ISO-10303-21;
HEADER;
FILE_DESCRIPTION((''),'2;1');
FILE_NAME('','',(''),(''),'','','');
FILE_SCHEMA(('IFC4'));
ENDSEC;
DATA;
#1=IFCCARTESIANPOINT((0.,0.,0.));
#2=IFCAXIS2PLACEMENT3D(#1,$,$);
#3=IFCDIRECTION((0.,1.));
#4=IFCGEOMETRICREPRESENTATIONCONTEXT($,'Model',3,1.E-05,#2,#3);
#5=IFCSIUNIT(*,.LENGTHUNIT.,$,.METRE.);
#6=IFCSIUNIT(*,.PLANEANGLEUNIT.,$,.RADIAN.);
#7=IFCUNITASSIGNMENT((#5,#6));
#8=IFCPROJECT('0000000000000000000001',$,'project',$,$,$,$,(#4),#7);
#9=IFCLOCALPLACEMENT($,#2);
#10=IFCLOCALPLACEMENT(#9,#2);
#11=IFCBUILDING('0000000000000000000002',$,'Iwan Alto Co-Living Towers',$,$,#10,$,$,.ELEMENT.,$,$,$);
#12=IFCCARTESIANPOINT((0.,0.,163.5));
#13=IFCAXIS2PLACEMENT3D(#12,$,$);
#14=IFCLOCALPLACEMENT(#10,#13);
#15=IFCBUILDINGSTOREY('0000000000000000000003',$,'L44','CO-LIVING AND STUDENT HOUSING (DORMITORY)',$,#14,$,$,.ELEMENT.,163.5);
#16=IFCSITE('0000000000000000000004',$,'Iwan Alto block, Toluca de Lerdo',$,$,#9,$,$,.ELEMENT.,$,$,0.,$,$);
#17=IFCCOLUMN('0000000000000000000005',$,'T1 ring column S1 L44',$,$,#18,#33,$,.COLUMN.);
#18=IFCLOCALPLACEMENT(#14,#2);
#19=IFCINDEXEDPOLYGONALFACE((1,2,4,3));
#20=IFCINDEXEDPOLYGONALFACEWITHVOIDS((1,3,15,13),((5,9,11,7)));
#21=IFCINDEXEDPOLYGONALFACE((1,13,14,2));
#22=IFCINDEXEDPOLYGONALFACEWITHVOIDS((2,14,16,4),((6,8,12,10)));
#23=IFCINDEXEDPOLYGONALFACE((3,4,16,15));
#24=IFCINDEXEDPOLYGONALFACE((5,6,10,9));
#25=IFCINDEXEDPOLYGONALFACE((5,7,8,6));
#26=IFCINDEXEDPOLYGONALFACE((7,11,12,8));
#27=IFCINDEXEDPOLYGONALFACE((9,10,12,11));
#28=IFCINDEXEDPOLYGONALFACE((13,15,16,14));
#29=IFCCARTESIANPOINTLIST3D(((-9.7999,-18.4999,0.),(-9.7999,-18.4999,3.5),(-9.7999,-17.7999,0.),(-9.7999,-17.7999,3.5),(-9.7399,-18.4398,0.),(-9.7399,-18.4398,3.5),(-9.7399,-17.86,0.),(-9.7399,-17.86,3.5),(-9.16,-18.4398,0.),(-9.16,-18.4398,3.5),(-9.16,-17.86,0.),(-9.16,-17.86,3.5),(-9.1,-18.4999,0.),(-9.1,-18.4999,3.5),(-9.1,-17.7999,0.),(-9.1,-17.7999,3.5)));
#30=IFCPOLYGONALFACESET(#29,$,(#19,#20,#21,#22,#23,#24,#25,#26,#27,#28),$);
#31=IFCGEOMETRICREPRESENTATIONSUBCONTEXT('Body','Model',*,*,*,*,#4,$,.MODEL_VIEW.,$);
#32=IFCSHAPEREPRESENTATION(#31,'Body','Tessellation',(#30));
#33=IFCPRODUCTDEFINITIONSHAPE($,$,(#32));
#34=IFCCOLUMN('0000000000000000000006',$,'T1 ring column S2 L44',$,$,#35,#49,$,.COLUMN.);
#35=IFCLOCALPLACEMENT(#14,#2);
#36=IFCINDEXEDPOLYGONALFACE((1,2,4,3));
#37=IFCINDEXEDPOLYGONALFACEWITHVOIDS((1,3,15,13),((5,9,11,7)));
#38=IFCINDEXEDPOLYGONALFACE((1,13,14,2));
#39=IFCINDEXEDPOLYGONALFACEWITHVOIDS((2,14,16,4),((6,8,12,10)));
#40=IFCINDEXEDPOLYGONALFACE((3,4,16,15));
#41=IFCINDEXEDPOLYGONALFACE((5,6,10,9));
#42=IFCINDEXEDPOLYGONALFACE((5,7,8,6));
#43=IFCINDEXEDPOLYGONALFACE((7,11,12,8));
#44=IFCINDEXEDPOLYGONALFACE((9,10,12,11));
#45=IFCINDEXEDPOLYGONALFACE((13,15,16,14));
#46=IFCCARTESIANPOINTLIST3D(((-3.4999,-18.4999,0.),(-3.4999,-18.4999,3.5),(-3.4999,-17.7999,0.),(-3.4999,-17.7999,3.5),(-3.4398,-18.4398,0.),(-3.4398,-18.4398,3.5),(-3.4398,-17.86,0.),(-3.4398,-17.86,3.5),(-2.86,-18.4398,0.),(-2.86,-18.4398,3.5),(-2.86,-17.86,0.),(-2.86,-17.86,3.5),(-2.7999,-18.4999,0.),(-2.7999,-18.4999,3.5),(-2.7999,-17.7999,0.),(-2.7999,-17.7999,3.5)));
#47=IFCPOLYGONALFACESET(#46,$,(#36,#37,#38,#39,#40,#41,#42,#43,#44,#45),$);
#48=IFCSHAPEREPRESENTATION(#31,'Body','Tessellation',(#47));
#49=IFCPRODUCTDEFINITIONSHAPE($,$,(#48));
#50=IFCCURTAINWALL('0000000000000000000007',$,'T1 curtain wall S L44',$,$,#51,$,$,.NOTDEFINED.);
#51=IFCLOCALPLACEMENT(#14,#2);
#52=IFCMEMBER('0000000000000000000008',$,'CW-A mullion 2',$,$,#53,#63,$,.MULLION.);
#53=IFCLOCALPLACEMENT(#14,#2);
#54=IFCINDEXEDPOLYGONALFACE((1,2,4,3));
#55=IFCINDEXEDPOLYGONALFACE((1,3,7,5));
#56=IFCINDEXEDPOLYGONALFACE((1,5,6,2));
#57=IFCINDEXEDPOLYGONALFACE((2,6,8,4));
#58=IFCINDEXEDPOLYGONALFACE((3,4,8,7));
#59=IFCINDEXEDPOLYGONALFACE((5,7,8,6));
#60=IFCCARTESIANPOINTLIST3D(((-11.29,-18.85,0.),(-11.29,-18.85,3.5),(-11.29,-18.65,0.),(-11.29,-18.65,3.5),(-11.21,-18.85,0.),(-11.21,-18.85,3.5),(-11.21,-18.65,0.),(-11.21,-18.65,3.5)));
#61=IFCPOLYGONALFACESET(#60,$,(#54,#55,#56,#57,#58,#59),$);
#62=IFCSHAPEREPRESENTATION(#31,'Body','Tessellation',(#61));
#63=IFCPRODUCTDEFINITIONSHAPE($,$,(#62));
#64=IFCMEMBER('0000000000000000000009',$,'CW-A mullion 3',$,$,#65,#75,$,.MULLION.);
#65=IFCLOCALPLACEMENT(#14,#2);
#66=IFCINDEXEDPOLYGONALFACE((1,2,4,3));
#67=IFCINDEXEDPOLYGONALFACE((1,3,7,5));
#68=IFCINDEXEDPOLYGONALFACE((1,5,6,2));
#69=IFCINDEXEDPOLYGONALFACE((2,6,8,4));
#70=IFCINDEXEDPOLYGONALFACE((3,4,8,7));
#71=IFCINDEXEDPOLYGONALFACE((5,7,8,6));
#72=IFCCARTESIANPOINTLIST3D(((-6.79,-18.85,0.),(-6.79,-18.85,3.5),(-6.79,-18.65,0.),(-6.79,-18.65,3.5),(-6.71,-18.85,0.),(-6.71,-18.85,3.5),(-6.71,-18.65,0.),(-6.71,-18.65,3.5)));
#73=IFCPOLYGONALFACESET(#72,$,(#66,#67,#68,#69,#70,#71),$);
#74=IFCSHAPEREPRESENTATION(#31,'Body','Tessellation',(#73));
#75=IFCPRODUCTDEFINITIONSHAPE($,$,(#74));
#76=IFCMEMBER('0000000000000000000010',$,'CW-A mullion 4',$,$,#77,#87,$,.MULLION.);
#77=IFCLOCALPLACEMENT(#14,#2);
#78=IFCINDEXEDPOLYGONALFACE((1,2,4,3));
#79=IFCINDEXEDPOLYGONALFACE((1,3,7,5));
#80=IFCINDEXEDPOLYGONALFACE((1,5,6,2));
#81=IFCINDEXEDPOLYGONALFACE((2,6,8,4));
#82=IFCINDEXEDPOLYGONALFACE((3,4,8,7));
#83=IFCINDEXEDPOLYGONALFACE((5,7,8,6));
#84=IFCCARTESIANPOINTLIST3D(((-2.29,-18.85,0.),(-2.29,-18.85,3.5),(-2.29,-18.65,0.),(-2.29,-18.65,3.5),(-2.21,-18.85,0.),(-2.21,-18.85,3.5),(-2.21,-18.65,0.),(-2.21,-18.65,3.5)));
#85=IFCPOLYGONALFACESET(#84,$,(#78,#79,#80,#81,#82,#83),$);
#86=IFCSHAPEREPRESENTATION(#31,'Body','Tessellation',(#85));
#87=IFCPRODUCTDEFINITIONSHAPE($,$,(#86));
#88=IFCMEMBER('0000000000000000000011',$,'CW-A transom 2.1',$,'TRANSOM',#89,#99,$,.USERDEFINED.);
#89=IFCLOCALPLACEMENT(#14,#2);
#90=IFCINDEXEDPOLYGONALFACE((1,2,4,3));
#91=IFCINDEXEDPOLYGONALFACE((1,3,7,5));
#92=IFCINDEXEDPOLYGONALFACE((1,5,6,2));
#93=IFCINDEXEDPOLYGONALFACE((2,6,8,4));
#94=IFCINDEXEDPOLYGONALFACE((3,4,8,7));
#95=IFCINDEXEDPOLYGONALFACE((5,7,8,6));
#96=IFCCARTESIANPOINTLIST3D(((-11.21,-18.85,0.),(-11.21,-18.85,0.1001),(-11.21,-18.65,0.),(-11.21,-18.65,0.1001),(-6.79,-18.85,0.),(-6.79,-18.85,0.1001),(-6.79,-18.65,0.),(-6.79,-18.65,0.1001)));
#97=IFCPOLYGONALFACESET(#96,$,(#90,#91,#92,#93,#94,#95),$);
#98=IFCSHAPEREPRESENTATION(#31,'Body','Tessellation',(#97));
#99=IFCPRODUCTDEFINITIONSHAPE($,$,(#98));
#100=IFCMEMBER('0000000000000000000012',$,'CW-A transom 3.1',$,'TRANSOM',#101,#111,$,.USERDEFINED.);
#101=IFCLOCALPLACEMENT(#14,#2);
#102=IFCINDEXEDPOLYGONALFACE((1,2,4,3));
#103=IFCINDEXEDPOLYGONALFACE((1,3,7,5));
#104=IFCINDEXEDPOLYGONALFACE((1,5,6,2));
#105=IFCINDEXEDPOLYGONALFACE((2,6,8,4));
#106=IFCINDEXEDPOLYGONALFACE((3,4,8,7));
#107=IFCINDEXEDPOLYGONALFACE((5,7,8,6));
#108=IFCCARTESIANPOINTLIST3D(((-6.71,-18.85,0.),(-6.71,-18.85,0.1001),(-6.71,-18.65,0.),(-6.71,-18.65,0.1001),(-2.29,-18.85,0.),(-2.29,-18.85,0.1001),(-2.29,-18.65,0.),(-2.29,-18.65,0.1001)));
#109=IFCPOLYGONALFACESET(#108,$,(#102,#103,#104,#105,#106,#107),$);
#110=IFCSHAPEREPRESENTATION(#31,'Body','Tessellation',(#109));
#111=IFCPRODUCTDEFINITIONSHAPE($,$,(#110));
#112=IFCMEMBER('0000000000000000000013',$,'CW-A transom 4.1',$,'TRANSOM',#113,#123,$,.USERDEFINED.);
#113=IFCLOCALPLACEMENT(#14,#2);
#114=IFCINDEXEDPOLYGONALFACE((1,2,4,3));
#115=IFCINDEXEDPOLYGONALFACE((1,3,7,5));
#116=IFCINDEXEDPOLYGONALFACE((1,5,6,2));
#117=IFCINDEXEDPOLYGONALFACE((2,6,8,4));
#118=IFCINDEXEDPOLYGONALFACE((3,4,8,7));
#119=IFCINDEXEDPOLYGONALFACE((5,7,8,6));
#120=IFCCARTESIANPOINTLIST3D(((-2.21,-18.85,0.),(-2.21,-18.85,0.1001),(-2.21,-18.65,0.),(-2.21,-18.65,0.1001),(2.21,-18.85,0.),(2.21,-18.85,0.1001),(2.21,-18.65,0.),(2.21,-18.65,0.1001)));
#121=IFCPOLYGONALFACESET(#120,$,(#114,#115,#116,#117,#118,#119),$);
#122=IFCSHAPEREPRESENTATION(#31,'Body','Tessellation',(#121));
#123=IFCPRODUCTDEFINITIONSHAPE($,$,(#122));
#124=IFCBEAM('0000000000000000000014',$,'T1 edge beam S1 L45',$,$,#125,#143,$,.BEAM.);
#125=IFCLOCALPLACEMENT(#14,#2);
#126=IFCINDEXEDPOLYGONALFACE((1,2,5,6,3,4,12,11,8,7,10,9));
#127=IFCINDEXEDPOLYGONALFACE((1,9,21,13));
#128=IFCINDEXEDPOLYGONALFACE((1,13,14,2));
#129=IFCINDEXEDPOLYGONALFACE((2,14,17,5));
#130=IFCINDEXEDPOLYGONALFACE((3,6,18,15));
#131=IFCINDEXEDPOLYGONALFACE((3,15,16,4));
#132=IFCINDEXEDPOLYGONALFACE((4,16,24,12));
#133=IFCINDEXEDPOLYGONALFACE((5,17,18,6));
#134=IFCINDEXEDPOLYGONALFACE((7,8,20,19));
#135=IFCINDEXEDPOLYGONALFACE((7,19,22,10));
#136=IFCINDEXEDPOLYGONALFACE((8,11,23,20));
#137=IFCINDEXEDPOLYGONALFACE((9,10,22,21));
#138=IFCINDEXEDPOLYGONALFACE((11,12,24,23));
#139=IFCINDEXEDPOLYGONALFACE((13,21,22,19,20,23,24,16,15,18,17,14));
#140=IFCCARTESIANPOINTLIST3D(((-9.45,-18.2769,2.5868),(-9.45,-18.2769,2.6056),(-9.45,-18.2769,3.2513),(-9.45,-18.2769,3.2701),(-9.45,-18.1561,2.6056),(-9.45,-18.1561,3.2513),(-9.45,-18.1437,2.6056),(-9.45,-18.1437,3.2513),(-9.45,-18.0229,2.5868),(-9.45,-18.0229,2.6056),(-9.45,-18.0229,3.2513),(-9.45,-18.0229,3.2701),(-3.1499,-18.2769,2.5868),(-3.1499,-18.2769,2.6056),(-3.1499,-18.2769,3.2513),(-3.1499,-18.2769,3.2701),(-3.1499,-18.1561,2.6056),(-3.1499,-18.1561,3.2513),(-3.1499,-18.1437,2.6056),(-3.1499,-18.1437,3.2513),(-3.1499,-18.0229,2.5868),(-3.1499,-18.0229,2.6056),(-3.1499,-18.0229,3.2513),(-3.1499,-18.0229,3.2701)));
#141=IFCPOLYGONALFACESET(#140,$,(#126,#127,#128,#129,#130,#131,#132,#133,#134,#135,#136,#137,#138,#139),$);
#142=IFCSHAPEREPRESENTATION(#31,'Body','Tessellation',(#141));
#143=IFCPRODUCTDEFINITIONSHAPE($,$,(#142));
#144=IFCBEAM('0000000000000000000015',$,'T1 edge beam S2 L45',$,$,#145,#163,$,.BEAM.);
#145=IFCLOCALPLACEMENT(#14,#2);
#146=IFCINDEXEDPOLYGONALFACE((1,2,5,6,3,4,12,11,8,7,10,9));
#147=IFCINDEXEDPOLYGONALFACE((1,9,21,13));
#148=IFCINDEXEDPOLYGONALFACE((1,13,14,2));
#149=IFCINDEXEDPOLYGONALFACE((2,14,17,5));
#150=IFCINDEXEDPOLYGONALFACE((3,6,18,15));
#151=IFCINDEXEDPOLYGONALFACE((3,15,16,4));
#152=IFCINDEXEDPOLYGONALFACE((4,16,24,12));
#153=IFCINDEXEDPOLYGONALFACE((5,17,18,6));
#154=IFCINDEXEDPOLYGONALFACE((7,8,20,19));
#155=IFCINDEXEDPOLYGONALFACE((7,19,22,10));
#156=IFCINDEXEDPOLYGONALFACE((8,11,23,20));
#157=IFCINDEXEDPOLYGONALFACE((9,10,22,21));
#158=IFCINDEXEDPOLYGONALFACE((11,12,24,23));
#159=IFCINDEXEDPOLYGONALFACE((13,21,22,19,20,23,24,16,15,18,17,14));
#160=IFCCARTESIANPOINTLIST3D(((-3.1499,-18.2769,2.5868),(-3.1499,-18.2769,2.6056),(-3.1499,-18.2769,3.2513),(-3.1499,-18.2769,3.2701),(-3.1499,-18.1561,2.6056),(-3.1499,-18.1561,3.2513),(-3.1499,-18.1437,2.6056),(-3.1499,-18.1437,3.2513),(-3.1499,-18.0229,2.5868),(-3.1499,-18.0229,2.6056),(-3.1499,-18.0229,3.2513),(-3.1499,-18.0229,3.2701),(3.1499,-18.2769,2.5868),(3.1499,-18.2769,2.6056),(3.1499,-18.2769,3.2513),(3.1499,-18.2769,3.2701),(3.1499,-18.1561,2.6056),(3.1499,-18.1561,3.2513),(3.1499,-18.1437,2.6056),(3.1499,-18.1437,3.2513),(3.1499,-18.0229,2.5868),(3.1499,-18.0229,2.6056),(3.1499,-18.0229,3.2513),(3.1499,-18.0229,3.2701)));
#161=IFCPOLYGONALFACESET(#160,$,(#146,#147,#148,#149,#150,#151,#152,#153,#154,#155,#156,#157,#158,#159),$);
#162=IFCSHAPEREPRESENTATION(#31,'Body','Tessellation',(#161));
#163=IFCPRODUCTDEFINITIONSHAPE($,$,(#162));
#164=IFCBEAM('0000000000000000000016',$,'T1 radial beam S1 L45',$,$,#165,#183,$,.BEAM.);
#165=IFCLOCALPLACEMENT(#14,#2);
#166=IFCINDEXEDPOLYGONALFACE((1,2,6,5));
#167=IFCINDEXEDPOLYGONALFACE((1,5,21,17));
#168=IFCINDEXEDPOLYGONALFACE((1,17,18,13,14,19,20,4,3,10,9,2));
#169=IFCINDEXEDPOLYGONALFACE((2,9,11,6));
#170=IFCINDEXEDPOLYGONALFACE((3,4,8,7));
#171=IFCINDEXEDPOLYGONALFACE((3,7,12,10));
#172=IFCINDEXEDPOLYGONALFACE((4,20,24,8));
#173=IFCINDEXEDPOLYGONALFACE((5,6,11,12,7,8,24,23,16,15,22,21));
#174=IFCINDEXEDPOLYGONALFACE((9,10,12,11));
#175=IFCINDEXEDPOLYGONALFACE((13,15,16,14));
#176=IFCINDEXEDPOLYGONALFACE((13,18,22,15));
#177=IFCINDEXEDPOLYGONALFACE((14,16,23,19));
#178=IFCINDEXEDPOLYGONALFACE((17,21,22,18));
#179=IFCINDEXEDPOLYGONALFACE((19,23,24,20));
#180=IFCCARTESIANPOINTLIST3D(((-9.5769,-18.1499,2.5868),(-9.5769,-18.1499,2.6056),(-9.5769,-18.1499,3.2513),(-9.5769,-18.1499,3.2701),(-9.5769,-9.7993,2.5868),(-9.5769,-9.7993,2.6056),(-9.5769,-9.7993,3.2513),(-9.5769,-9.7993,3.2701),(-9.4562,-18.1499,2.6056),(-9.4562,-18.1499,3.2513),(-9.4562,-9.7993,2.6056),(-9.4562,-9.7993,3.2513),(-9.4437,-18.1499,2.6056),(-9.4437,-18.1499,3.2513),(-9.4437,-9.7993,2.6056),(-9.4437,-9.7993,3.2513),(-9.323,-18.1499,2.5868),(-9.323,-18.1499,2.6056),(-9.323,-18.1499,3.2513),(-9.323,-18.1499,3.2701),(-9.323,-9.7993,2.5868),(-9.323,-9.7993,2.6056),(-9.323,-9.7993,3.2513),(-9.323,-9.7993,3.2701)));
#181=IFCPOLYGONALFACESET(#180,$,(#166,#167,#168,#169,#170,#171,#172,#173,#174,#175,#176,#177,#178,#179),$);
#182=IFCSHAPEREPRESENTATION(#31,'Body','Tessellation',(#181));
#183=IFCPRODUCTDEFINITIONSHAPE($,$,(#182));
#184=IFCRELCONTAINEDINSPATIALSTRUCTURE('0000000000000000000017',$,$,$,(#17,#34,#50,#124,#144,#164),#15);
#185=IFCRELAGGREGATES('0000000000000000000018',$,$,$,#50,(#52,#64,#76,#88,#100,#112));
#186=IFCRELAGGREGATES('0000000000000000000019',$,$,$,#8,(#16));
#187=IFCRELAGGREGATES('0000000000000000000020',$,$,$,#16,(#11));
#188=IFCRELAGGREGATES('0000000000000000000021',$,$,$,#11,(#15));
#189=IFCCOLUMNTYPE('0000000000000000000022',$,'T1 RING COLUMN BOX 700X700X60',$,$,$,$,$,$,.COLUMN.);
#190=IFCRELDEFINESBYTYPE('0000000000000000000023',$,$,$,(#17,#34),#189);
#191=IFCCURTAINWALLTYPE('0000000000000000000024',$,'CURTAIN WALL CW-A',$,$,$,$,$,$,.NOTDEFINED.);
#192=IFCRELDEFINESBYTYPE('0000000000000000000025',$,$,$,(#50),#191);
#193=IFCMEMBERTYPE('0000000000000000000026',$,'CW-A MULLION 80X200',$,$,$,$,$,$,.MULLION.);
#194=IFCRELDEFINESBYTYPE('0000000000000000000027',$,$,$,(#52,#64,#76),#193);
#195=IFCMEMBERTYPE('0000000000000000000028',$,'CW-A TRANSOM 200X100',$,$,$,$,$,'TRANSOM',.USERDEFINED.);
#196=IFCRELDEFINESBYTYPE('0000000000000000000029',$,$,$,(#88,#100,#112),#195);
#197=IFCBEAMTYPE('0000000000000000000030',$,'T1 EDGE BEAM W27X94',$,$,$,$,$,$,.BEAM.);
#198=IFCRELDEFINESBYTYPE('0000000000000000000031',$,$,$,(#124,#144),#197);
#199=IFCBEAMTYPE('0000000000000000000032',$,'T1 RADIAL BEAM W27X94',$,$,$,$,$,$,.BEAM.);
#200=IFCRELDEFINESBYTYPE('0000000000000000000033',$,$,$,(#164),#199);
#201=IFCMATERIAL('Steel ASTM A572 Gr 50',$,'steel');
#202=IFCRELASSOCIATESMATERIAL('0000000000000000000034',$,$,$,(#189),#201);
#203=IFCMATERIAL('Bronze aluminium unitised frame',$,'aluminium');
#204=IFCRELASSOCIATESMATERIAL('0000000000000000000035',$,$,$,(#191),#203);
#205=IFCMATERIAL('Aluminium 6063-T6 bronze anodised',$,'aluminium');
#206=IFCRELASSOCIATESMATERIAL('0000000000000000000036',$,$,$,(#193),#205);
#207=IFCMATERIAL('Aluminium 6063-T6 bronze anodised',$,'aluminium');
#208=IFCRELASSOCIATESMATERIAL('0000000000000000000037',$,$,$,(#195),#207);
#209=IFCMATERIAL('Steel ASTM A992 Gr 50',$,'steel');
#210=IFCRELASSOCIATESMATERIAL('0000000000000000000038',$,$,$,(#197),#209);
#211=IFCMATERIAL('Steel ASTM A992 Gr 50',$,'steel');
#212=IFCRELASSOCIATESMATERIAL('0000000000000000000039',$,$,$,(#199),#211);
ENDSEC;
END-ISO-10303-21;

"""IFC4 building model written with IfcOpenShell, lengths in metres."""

from ifc_helpers import new_model, si_unit, direction, frame, origin, origin_2d, place, context, subcontext, project, spatial, rectangle, hollow_rectangle, i_section, extrude, material, material_profile, profile_set, type_object, element, aggregate, save


model = new_model("IFC4")

# Units and contexts
model_context = context("Model", 3, precision=1e-05, world=origin(), true_north=direction((0.0, 1.0)))
body_context = subcontext(model_context, "Body", "Model", "MODEL_VIEW")
ifc_project = project(units=[si_unit("LENGTHUNIT", "METRE"), si_unit("PLANEANGLEUNIT", "RADIAN")], contexts=[model_context])

# Site, building, storey
site_placement = place(None, origin())
site = spatial("IfcSite", under=ifc_project, at=site_placement, Name="Iwan Alto block, Toluca de Lerdo", CompositionType="ELEMENT", RefElevation=0.0)
building_placement = place(site_placement, origin())
building = spatial("IfcBuilding", under=site, at=building_placement, Name="Iwan Alto Co-Living Towers", CompositionType="ELEMENT")
storey_placement = place(building_placement, frame((0.0, 0.0, 163.5)))
storey = spatial("IfcBuildingStorey", under=building, at=storey_placement, Name="L44", Description="CO-LIVING AND STUDENT HOUSING (DORMITORY)", CompositionType="ELEMENT", Elevation=163.5)

# Columns
ifc_material_1 = material(Name="Steel ASTM A572 Gr 50", Category="steel")
ifc_material_profile_1 = material_profile(ifc_material_1, hollow_rectangle(XDim=0.7, YDim=0.7, WallThickness=0.0601, at=origin_2d()), Name="BOX 700X700X60")
ifc_profile_set_1 = profile_set([ifc_material_profile_1], Name="Steel ASTM A572 Gr 50")
column_type = type_object("IfcColumnType", Name="T1 RING COLUMN BOX 700X700X60", PredefinedType="COLUMN", material=ifc_profile_set_1)
for number, where, z_axis, x_axis, name in (
    (1, (-9.45, -18.1499, 0.0), (0.0, 0.0, 1.0), (1.0, 0.0, 0.0), "T1 ring column S1 L44"),
    (2, (-3.1499, -18.1499, 0.0), (0.0, 0.0, 1.0), (1.0, 0.0, 0.0), "T1 ring column S2 L44"),
):
    element("IfcColumn", number, at=place(storey_placement, frame(where, z_axis=z_axis, x_axis=x_axis)), inside=storey, type_object=column_type, Name=name, PredefinedType="COLUMN", context=body_context, shape_type="SweptSolid", body=[
        extrude(hollow_rectangle(XDim=0.7, YDim=0.7, WallThickness=0.0601, at=origin_2d()), origin(), (0.0, 0.0, 1.0), 3.5),
    ])

# Curtain wall, members
ifc_material_2 = material(Name="Bronze aluminium unitised frame", Category="aluminium")
curtain_wall_type = type_object("IfcCurtainWallType", Name="CURTAIN WALL CW-A", PredefinedType="NOTDEFINED", material=ifc_material_2)
curtain_wall_placement = place(storey_placement, origin())
curtain_wall = element("IfcCurtainWall", 3, at=curtain_wall_placement, inside=storey, type_object=curtain_wall_type, Name="T1 curtain wall S L44", PredefinedType="NOTDEFINED")
ifc_material_3 = material(Name="Aluminium 6063-T6 bronze anodised", Category="aluminium")
ifc_material_profile_2 = material_profile(ifc_material_3, rectangle(XDim=0.2, YDim=0.0801, at=origin_2d()), Name="AL 80X200")
ifc_profile_set_2 = profile_set([ifc_material_profile_2], Name="Aluminium 6063-T6 bronze anodised")
member_type_1 = type_object("IfcMemberType", Name="CW-A MULLION 80X200", PredefinedType="MULLION", material=ifc_profile_set_2)
member_1_placement = place(storey_placement, frame((-11.25, -18.75, 0.0), z_axis=(0.0, 0.0, 1.0), x_axis=(0.0, 1.0, 0.0)))
member_1 = element("IfcMember", 4, at=member_1_placement, type_object=member_type_1, Name="CW-A mullion 2", PredefinedType="MULLION", context=body_context, shape_type="SweptSolid", body=[
    extrude(rectangle(XDim=0.2, YDim=0.0801, at=origin_2d()), origin(), (0.0, 0.0, 1.0), 3.5),
])
member_2_placement = place(storey_placement, frame((-6.75, -18.75, 0.0), z_axis=(0.0, 0.0, 1.0), x_axis=(0.0, 1.0, 0.0)))
member_2 = element("IfcMember", 5, at=member_2_placement, type_object=member_type_1, Name="CW-A mullion 3", PredefinedType="MULLION", context=body_context, shape_type="SweptSolid", body=[
    extrude(rectangle(XDim=0.2, YDim=0.0801, at=origin_2d()), origin(), (0.0, 0.0, 1.0), 3.5),
])
member_3_placement = place(storey_placement, frame((-2.25, -18.75, 0.0), z_axis=(0.0, 0.0, 1.0), x_axis=(0.0, 1.0, 0.0)))
member_3 = element("IfcMember", 6, at=member_3_placement, type_object=member_type_1, Name="CW-A mullion 4", PredefinedType="MULLION", context=body_context, shape_type="SweptSolid", body=[
    extrude(rectangle(XDim=0.2, YDim=0.0801, at=origin_2d()), origin(), (0.0, 0.0, 1.0), 3.5),
])
ifc_material_4 = material(Name="Aluminium 6063-T6 bronze anodised", Category="aluminium")
ifc_material_profile_3 = material_profile(ifc_material_4, rectangle(XDim=0.2, YDim=0.1001, at=origin_2d()), Name="AL 200X100")
ifc_profile_set_3 = profile_set([ifc_material_profile_3], Name="Aluminium 6063-T6 bronze anodised")
member_type_2 = type_object("IfcMemberType", Name="CW-A TRANSOM 200X100", ElementType="TRANSOM", PredefinedType="USERDEFINED", material=ifc_profile_set_3)
member_4_placement = place(storey_placement, frame((-11.21, -18.75, 0.05), z_axis=(1.0, 0.0, 0.0), x_axis=(0.0, 1.0, 0.0)))
member_4 = element("IfcMember", 7, at=member_4_placement, type_object=member_type_2, Name="CW-A transom 2.1", ObjectType="TRANSOM", PredefinedType="USERDEFINED", context=body_context, shape_type="SweptSolid", body=[
    extrude(rectangle(XDim=0.2, YDim=0.1001, at=origin_2d()), origin(), (0.0, 0.0, 1.0), 4.4199),
])
member_5_placement = place(storey_placement, frame((-6.71, -18.75, 0.05), z_axis=(1.0, 0.0, 0.0), x_axis=(0.0, 1.0, 0.0)))
member_5 = element("IfcMember", 8, at=member_5_placement, type_object=member_type_2, Name="CW-A transom 3.1", ObjectType="TRANSOM", PredefinedType="USERDEFINED", context=body_context, shape_type="SweptSolid", body=[
    extrude(rectangle(XDim=0.2, YDim=0.1001, at=origin_2d()), origin(), (0.0, 0.0, 1.0), 4.4199),
])
member_6_placement = place(storey_placement, frame((-2.21, -18.75, 0.05), z_axis=(1.0, 0.0, 0.0), x_axis=(0.0, 1.0, 0.0)))
member_6 = element("IfcMember", 9, at=member_6_placement, type_object=member_type_2, Name="CW-A transom 4.1", ObjectType="TRANSOM", PredefinedType="USERDEFINED", context=body_context, shape_type="SweptSolid", body=[
    extrude(rectangle(XDim=0.2, YDim=0.1001, at=origin_2d()), origin(), (0.0, 0.0, 1.0), 4.4199),
])

# Beams
ifc_material_5 = material(Name="Steel ASTM A992 Gr 50", Category="steel")
ifc_material_profile_4 = material_profile(ifc_material_5, i_section(OverallWidth=0.2539, OverallDepth=0.6833, WebThickness=0.0125, FlangeThickness=0.0188, at=origin_2d()), Name="W27X94")
ifc_profile_set_4 = profile_set([ifc_material_profile_4], Name="Steel ASTM A992 Gr 50")
beam_type_1 = type_object("IfcBeamType", Name="T1 EDGE BEAM W27X94", PredefinedType="BEAM", material=ifc_profile_set_4)
beam_1_placement = place(storey_placement, frame((-9.45, -18.1499, 2.9285), z_axis=(1.0, 0.0, 0.0), x_axis=(0.0, 1.0, 0.0)))
element("IfcBeam", 10, at=beam_1_placement, inside=storey, type_object=beam_type_1, Name="T1 edge beam S1 L45", PredefinedType="BEAM", context=body_context, shape_type="SweptSolid", body=[
    extrude(i_section(OverallWidth=0.2539, OverallDepth=0.6833, WebThickness=0.0125, FlangeThickness=0.0188, at=origin_2d()), origin(), (0.0, 0.0, 1.0), 6.3),
])
beam_2_placement = place(storey_placement, frame((-3.1499, -18.1499, 2.9285), z_axis=(1.0, 0.0, 0.0), x_axis=(0.0, 1.0, 0.0)))
element("IfcBeam", 11, at=beam_2_placement, inside=storey, type_object=beam_type_1, Name="T1 edge beam S2 L45", PredefinedType="BEAM", context=body_context, shape_type="SweptSolid", body=[
    extrude(i_section(OverallWidth=0.2539, OverallDepth=0.6833, WebThickness=0.0125, FlangeThickness=0.0188, at=origin_2d()), origin(), (0.0, 0.0, 1.0), 6.2998),
])
ifc_material_6 = material(Name="Steel ASTM A992 Gr 50", Category="steel")
ifc_material_profile_5 = material_profile(ifc_material_6, i_section(OverallWidth=0.2539, OverallDepth=0.6833, WebThickness=0.0125, FlangeThickness=0.0188, at=origin_2d()), Name="W27X94")
ifc_profile_set_5 = profile_set([ifc_material_profile_5], Name="Steel ASTM A992 Gr 50")
beam_type_2 = type_object("IfcBeamType", Name="T1 RADIAL BEAM W27X94", PredefinedType="BEAM", material=ifc_profile_set_5)
for number, where, z_axis, x_axis, name in (
    (12, (-9.45, -18.1499, 2.9285), (0.0, 1.0, 0.0), (-1.0, 0.0, 0.0), "T1 radial beam S1 L45"),
):
    element("IfcBeam", number, at=place(storey_placement, frame(where, z_axis=z_axis, x_axis=x_axis)), inside=storey, type_object=beam_type_2, Name=name, PredefinedType="BEAM", context=body_context, shape_type="SweptSolid", body=[
        extrude(i_section(OverallWidth=0.2539, OverallDepth=0.6833, WebThickness=0.0125, FlangeThickness=0.0188, at=origin_2d()), origin(), (0.0, 0.0, 1.0), 8.3506),
    ])

aggregate(curtain_wall, [member_1, member_2, member_3, member_4, member_5, member_6])

save(model, "model.ifc")
